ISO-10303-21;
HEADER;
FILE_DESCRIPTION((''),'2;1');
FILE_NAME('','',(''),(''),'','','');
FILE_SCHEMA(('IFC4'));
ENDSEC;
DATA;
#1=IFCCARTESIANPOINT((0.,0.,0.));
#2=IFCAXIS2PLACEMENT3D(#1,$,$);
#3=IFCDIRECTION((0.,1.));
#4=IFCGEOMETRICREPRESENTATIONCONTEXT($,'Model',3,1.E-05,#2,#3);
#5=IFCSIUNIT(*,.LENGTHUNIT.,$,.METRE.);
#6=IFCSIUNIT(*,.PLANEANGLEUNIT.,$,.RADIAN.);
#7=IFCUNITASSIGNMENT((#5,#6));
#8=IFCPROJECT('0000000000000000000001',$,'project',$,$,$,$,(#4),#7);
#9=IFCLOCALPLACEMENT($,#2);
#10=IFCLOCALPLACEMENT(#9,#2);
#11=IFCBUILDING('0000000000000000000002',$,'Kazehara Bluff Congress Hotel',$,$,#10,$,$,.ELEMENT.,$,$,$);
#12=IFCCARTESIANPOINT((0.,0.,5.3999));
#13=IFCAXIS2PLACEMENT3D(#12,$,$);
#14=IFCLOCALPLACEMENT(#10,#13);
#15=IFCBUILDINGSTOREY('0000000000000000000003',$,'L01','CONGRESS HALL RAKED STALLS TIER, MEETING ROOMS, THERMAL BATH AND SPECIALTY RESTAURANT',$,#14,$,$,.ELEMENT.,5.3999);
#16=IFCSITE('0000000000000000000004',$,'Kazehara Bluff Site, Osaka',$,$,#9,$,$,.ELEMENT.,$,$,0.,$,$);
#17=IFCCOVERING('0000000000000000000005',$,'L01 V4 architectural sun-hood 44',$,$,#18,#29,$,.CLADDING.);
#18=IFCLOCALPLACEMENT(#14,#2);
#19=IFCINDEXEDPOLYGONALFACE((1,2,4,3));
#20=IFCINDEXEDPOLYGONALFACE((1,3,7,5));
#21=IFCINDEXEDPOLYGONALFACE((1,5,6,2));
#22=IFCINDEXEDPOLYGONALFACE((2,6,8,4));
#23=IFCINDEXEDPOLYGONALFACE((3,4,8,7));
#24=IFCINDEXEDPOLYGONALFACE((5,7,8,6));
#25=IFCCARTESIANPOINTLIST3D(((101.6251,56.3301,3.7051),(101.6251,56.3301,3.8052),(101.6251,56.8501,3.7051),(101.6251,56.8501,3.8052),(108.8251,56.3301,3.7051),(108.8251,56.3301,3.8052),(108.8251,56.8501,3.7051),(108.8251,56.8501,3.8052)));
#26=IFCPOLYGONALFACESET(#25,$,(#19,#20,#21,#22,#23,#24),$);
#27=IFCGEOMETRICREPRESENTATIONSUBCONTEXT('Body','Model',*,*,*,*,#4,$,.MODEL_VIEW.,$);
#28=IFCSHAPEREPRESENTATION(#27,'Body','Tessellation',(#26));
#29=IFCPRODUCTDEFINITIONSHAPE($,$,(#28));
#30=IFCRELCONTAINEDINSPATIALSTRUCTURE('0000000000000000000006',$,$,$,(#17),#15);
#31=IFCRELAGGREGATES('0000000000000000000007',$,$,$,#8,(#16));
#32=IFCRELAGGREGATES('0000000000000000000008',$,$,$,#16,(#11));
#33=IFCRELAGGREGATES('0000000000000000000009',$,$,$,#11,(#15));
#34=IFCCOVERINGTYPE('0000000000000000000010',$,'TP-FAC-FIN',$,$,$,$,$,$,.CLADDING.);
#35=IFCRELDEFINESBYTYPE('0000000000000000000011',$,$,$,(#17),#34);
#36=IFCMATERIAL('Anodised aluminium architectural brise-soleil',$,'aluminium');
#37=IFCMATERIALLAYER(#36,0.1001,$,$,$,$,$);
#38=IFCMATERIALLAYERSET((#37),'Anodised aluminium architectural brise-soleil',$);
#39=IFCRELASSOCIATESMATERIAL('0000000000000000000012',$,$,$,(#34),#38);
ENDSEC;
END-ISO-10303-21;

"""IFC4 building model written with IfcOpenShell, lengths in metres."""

from ifc_helpers import new_model, si_unit, direction, frame, origin, origin_2d, place, context, subcontext, project, spatial, rectangle, extrude, material, layer, layer_set, type_object, element, save


model = new_model("IFC4")

# Units and contexts
model_context = context("Model", 3, precision=1e-05, world=origin(), true_north=direction((0.0, 1.0)))
body_context = subcontext(model_context, "Body", "Model", "MODEL_VIEW")
ifc_project = project(units=[si_unit("LENGTHUNIT", "METRE"), si_unit("PLANEANGLEUNIT", "RADIAN")], contexts=[model_context])

# Site, building, storey
site_placement = place(None, origin())
site = spatial("IfcSite", under=ifc_project, at=site_placement, Name="Kazehara Bluff Site, Osaka", CompositionType="ELEMENT", RefElevation=0.0)
building_placement = place(site_placement, origin())
building = spatial("IfcBuilding", under=site, at=building_placement, Name="Kazehara Bluff Congress Hotel", CompositionType="ELEMENT")
storey_placement = place(building_placement, frame((0.0, 0.0, 5.3999)))
storey = spatial("IfcBuildingStorey", under=building, at=storey_placement, Name="L01", Description="CONGRESS HALL RAKED STALLS TIER, MEETING ROOMS, THERMAL BATH AND SPECIALTY RESTAURANT", CompositionType="ELEMENT", Elevation=5.3999)

# Covering
ifc_material_1 = material(Name="Anodised aluminium architectural brise-soleil", Category="aluminium")
ifc_layer_1 = layer(ifc_material_1, 0.1001)
ifc_layer_set_1 = layer_set([ifc_layer_1], Name="Anodised aluminium architectural brise-soleil")
covering_type = type_object("IfcCoveringType", Name="TP-FAC-FIN", PredefinedType="CLADDING", material=ifc_layer_set_1)
covering_placement = place(storey_placement, frame((105.2251, 56.5901, 3.7051), z_axis=(0.0, 0.0, 1.0), x_axis=(1.0, 0.0, 0.0)))
element("IfcCovering", 1, at=covering_placement, inside=storey, type_object=covering_type, Name="L01 V4 architectural sun-hood 44", PredefinedType="CLADDING", context=body_context, shape_type="SweptSolid", body=[
    extrude(rectangle(XDim=7.2, YDim=0.52, at=origin_2d()), origin(), (0.0, 0.0, 1.0), 0.1001),
])

save(model, "model.ifc")
